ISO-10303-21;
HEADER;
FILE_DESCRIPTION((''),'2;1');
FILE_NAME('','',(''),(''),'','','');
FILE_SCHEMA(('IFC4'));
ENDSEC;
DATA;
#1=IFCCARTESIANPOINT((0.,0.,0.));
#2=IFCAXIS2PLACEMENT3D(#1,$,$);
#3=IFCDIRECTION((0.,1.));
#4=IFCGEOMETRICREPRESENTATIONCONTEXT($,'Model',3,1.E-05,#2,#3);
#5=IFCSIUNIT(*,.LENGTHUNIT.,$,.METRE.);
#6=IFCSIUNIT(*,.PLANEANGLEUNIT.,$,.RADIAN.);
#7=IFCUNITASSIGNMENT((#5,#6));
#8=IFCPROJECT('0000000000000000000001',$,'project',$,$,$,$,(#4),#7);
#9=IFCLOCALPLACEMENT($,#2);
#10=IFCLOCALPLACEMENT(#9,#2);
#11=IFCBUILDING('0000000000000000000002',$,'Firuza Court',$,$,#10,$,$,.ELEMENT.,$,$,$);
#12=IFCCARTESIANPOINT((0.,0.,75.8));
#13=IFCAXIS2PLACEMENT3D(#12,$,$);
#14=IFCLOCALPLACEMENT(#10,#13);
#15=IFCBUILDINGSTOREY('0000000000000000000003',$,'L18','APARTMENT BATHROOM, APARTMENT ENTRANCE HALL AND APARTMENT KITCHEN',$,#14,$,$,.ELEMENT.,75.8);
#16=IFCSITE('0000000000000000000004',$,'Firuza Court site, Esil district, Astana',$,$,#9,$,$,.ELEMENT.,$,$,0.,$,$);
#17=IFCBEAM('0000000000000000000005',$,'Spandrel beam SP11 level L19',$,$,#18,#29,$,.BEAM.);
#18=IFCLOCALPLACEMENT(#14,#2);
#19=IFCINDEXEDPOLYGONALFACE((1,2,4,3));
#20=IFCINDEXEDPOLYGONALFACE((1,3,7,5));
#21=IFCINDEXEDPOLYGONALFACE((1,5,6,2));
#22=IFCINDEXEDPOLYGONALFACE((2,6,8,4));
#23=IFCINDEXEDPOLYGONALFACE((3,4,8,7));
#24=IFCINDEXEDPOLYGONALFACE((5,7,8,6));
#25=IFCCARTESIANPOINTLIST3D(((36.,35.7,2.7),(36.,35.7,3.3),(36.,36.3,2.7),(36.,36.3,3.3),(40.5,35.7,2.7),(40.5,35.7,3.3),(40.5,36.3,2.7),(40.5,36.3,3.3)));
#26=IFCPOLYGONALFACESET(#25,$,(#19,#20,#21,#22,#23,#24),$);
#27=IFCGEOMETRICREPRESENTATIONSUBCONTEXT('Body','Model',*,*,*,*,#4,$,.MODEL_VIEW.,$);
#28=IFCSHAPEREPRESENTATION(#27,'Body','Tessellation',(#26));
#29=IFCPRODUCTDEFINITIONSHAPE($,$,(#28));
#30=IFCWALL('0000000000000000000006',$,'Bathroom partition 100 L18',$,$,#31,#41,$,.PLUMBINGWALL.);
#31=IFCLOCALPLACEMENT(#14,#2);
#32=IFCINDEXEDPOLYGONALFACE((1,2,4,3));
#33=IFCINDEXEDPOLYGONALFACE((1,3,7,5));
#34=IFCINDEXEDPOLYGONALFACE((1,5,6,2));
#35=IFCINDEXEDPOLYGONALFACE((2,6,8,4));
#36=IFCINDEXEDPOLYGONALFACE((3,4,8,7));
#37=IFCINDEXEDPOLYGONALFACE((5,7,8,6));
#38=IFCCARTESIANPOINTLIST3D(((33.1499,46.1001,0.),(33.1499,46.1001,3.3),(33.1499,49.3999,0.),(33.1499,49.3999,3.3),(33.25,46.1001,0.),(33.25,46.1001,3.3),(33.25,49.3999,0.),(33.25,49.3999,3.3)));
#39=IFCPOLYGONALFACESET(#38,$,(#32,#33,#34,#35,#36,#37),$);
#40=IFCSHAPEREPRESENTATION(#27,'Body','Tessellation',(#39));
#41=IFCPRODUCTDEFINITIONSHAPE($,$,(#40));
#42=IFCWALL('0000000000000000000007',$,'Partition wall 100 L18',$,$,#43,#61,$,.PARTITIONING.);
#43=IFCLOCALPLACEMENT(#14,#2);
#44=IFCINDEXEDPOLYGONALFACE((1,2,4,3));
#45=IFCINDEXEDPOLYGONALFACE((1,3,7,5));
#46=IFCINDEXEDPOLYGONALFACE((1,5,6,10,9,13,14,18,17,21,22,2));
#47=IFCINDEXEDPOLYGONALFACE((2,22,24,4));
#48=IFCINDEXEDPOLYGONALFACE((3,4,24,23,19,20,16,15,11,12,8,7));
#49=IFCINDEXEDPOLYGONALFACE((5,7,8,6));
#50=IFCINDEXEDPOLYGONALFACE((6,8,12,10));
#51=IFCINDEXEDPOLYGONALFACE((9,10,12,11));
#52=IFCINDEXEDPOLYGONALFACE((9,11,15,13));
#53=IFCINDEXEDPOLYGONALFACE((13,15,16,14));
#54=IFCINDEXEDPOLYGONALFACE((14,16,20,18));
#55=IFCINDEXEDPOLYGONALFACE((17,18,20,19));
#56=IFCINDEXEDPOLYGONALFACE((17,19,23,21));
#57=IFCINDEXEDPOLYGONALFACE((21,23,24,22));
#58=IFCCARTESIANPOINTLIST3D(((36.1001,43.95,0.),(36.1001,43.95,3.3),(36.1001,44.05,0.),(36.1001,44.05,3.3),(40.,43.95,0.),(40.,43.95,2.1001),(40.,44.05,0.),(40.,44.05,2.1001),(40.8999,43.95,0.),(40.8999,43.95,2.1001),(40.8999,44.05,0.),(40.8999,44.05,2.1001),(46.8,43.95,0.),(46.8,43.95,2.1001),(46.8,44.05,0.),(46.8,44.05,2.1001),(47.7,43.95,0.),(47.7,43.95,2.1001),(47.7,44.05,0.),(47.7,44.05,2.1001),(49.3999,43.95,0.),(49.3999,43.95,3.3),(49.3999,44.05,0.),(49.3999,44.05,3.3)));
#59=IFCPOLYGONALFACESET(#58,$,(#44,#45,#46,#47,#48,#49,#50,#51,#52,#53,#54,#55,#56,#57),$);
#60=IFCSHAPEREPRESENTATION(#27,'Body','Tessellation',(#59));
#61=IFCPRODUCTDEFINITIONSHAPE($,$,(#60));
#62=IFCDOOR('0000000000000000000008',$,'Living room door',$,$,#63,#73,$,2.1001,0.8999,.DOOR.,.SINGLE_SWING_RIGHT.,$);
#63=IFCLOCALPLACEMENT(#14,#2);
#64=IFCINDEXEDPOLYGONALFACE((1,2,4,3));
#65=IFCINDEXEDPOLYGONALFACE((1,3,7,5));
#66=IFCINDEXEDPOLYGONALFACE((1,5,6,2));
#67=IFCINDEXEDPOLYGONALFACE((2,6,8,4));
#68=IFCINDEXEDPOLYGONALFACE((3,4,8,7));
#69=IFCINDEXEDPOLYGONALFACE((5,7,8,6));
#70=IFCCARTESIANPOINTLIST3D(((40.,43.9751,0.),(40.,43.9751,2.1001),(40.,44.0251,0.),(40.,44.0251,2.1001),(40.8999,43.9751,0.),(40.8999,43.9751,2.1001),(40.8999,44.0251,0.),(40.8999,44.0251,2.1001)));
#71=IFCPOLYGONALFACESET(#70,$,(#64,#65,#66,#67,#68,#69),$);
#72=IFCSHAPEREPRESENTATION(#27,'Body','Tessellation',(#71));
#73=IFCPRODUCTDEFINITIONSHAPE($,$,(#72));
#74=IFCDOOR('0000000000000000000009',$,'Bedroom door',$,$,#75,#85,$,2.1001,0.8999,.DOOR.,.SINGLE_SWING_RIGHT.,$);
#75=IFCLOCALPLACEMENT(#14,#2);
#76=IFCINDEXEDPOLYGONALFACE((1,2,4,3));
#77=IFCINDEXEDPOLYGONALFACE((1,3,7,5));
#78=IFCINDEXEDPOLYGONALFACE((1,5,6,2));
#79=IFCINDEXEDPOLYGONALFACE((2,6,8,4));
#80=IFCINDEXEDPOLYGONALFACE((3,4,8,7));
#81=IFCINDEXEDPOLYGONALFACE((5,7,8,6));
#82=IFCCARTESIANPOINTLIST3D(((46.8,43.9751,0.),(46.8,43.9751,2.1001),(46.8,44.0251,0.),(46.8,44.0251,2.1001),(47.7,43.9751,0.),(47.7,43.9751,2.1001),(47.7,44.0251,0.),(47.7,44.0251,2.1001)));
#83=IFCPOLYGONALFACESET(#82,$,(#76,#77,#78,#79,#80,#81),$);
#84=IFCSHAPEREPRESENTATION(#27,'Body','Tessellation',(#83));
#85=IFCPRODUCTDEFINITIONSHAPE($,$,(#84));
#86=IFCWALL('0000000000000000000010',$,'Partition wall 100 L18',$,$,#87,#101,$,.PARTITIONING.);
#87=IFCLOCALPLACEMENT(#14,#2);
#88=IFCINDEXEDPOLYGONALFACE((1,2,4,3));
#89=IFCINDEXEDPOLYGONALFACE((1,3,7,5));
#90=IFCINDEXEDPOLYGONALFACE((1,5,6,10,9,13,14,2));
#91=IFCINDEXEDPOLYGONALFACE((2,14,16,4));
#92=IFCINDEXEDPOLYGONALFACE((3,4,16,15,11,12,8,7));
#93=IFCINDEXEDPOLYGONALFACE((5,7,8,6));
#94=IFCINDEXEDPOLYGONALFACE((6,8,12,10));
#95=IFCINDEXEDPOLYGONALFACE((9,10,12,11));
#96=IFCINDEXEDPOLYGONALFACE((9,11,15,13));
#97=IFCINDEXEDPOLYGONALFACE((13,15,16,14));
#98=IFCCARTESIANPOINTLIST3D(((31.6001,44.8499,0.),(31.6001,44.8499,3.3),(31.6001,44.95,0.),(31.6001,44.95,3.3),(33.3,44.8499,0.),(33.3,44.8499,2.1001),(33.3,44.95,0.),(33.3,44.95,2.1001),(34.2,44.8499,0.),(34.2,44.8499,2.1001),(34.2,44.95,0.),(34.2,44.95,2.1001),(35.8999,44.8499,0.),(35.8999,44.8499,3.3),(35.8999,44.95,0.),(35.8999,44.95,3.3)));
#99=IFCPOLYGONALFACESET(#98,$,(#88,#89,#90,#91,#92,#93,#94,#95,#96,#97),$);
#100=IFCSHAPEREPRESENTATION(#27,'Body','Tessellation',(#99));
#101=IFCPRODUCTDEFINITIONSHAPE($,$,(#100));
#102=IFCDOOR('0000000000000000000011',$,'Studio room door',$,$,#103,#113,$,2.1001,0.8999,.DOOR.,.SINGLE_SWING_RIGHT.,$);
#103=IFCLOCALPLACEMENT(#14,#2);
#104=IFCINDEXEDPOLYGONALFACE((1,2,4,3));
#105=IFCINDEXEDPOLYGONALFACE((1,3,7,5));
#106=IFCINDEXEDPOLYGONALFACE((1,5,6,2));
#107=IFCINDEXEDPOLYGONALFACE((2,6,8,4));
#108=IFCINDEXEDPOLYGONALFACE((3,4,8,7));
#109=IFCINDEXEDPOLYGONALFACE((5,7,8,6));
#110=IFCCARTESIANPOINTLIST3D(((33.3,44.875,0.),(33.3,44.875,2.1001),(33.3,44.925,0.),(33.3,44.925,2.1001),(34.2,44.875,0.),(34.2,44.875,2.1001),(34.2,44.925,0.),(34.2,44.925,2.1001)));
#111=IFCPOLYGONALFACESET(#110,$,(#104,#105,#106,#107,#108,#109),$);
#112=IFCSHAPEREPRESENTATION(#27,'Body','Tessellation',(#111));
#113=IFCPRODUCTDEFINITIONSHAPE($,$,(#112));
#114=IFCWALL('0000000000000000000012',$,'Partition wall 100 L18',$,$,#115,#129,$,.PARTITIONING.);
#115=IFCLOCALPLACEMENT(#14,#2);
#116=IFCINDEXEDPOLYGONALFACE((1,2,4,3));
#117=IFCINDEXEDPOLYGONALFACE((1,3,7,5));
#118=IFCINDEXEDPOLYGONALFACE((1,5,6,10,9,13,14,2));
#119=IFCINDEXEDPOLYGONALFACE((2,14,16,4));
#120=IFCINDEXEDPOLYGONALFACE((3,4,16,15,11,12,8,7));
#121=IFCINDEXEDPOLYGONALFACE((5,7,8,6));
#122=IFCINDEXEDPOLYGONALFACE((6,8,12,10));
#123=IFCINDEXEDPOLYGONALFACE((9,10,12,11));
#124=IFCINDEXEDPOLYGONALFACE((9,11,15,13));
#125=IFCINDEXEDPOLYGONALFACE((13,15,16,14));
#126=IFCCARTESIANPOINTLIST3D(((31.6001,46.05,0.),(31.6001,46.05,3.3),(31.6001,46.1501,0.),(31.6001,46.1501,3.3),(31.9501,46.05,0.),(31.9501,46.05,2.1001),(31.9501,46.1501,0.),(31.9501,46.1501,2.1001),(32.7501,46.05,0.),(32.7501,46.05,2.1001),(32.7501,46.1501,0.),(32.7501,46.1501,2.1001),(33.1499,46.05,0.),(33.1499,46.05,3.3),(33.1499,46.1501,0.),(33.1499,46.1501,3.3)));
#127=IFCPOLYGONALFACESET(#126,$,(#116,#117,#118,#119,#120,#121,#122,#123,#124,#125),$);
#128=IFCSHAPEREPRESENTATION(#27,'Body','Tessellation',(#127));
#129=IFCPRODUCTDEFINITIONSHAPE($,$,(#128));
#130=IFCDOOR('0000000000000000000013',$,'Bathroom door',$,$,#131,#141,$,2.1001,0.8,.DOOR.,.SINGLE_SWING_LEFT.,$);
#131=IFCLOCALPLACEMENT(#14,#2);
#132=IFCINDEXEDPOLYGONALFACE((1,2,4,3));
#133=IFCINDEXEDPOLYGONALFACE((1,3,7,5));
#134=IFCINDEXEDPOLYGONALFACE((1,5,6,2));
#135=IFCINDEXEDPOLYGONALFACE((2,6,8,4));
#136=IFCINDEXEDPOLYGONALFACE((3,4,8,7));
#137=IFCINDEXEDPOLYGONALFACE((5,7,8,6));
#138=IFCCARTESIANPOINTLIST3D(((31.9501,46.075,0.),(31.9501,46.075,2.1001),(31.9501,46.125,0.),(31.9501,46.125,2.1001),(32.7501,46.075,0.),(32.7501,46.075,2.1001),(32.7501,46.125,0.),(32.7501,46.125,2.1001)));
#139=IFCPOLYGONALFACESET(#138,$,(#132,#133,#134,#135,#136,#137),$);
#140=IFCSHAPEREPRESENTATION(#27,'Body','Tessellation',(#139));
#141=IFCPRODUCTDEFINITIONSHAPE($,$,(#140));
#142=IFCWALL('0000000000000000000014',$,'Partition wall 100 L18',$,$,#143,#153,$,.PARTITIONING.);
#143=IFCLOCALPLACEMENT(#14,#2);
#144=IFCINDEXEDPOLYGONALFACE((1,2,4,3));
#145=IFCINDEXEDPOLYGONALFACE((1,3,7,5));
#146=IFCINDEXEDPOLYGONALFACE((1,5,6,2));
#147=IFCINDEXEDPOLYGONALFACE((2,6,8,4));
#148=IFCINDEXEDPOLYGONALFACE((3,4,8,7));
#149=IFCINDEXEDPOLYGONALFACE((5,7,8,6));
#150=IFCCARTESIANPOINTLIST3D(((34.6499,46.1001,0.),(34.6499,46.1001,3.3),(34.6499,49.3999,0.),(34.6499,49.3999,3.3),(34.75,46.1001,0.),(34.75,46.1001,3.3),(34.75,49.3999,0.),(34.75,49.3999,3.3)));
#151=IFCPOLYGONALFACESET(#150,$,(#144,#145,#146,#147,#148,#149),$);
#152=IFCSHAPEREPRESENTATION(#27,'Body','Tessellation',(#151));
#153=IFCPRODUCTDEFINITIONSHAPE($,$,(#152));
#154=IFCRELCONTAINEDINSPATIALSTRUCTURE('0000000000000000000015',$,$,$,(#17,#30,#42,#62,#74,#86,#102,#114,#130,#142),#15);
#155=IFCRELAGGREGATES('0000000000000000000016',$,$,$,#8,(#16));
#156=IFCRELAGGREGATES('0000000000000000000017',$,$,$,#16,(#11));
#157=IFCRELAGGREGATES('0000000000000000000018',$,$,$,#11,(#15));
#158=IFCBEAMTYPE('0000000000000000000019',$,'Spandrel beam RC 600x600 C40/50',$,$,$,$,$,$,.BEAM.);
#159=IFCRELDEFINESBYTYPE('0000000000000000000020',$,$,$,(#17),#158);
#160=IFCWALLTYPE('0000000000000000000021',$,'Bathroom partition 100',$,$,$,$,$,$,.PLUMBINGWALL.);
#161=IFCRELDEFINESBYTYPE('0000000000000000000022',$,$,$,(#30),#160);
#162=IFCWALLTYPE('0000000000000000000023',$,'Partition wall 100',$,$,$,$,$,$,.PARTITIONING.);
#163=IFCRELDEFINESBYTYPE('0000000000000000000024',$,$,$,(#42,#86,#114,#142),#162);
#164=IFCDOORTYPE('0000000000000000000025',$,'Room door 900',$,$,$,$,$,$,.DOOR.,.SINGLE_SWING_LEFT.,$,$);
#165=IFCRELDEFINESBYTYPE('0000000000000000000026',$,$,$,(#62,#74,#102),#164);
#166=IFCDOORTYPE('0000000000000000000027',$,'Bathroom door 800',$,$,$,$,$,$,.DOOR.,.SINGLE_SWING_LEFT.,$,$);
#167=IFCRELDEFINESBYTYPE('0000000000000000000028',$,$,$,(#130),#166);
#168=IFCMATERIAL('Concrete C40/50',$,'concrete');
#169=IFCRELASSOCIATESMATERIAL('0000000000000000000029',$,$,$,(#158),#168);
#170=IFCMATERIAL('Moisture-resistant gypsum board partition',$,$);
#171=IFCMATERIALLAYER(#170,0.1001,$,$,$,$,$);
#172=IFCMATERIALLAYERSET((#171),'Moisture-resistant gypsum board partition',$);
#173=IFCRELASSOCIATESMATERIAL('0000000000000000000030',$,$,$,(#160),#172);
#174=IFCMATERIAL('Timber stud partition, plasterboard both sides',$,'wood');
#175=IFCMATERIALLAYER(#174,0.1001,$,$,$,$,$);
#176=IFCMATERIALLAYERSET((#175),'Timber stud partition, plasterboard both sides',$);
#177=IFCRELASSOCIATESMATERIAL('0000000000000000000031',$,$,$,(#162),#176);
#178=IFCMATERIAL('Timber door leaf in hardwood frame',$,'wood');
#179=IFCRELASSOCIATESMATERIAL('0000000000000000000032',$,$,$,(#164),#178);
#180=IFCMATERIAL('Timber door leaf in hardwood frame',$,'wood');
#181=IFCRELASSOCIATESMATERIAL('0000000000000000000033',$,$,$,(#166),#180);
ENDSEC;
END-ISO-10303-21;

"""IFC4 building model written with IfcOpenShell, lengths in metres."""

from ifc_helpers import new_model, si_unit, direction, frame, frame_2d, origin, origin_2d, place, context, subcontext, project, spatial, rectangle, extrude, material, layer, layer_set, material_profile, profile_set, type_object, element, fill, save


model = new_model("IFC4")

# Units and contexts
model_context = context("Model", 3, precision=1e-05, world=origin(), true_north=direction((0.0, 1.0)))
body_context = subcontext(model_context, "Body", "Model", "MODEL_VIEW")
ifc_project = project(units=[si_unit("LENGTHUNIT", "METRE"), si_unit("PLANEANGLEUNIT", "RADIAN")], contexts=[model_context])

# Site, building, storey
site_placement = place(None, origin())
site = spatial("IfcSite", under=ifc_project, at=site_placement, Name="Firuza Court site, Esil district, Astana", CompositionType="ELEMENT", RefElevation=0.0)
building_placement = place(site_placement, origin())
building = spatial("IfcBuilding", under=site, at=building_placement, Name="Firuza Court", CompositionType="ELEMENT")
storey_placement = place(building_placement, frame((0.0, 0.0, 75.8)))
storey = spatial("IfcBuildingStorey", under=building, at=storey_placement, Name="L18", Description="APARTMENT BATHROOM, APARTMENT ENTRANCE HALL AND APARTMENT KITCHEN", CompositionType="ELEMENT", Elevation=75.8)

# Beam
ifc_material_1 = material(Name="Concrete C40/50", Category="concrete")
ifc_material_profile = material_profile(ifc_material_1, rectangle(XDim=0.6001, YDim=0.6001, at=origin_2d()), Name="RC 600x600")
ifc_profile_set = profile_set([ifc_material_profile], Name="Concrete C40/50")
beam_type = type_object("IfcBeamType", Name="Spandrel beam RC 600x600 C40/50", PredefinedType="BEAM", material=ifc_profile_set)
beam_placement = place(storey_placement, frame((36.0, 36.0, 3.0), z_axis=(1.0, 0.0, 0.0), x_axis=(0.0, 1.0, 0.0)))
element("IfcBeam", 1, at=beam_placement, inside=storey, type_object=beam_type, Name="Spandrel beam SP11 level L19", PredefinedType="BEAM", context=body_context, shape_type="SweptSolid", body=[
    extrude(rectangle(XDim=0.6001, YDim=0.6001, at=origin_2d()), origin(), (0.0, 0.0, 1.0), 4.5),
])

# Wall
ifc_material_2 = material(Name="Moisture-resistant gypsum board partition")
ifc_layer_1 = layer(ifc_material_2, 0.1001)
ifc_layer_set_1 = layer_set([ifc_layer_1], Name="Moisture-resistant gypsum board partition")
wall_type_1 = type_object("IfcWallType", Name="Bathroom partition 100", PredefinedType="PLUMBINGWALL", material=ifc_layer_set_1)
wall_1_placement = place(storey_placement, frame((33.2, 46.1001, 0.0), z_axis=(0.0, 0.0, 1.0), x_axis=(0.0, 1.0, 0.0)))
element("IfcWall", 2, at=wall_1_placement, inside=storey, type_object=wall_type_1, Name="Bathroom partition 100 L18", PredefinedType="PLUMBINGWALL", context=body_context, shape_type="SweptSolid", body=[
    extrude(rectangle(XDim=3.2998, YDim=0.1001, at=frame_2d((1.6499, 0.0))), origin(), (0.0, 0.0, 1.0), 3.3),
])

# Wall, openings, doors
ifc_material_3 = material(Name="Timber stud partition, plasterboard both sides", Category="wood")
ifc_layer_2 = layer(ifc_material_3, 0.1001)
ifc_layer_set_2 = layer_set([ifc_layer_2], Name="Timber stud partition, plasterboard both sides")
wall_type_2 = type_object("IfcWallType", Name="Partition wall 100", PredefinedType="PARTITIONING", material=ifc_layer_set_2)
wall_2_placement = place(storey_placement, frame((36.1001, 44.0, 0.0), z_axis=(0.0, 0.0, 1.0), x_axis=(1.0, 0.0, 0.0)))
wall_2 = element("IfcWall", 3, at=wall_2_placement, inside=storey, type_object=wall_type_2, Name="Partition wall 100 L18", PredefinedType="PARTITIONING", context=body_context, shape_type="SweptSolid", body=[
    extrude(rectangle(XDim=13.2998, YDim=0.1001, at=frame_2d((6.6499, 0.0))), origin(), (0.0, 0.0, 1.0), 3.3),
])
opening_1_placement = place(wall_2_placement, frame((3.8999, 0.0, 0.0)))
opening_1 = element("IfcOpeningElement", 4, at=opening_1_placement, cuts=wall_2, PredefinedType="OPENING", context=body_context, shape_type="SweptSolid", body=[
    extrude(rectangle(XDim=0.8999, YDim=2.1001, at=frame_2d((0.45, 1.05))), frame((0.0, 0.062, 0.0), z_axis=(0.0, -1.0, 0.0), x_axis=(1.0, 0.0, 0.0)), (0.0, 0.0, 1.0), 0.124),
])
opening_2_placement = place(wall_2_placement, frame((10.7, 0.0, 0.0)))
opening_2 = element("IfcOpeningElement", 5, at=opening_2_placement, cuts=wall_2, PredefinedType="OPENING", context=body_context, shape_type="SweptSolid", body=[
    extrude(rectangle(XDim=0.8999, YDim=2.1001, at=frame_2d((0.45, 1.05))), frame((0.0, 0.062, 0.0), z_axis=(0.0, -1.0, 0.0), x_axis=(1.0, 0.0, 0.0)), (0.0, 0.0, 1.0), 0.124),
])
ifc_material_4 = material(Name="Timber door leaf in hardwood frame", Category="wood")
door_type_1 = type_object("IfcDoorType", Name="Room door 900", OperationType="SINGLE_SWING_LEFT", PredefinedType="DOOR", material=ifc_material_4)
door_1_placement = place(opening_1_placement, frame((0.8999, 0.0, 0.0), z_axis=(0.0, 0.0, 1.0), x_axis=(-1.0, 0.0, 0.0)))
door_1 = element("IfcDoor", 6, at=door_1_placement, inside=storey, type_object=door_type_1, Name="Living room door", OperationType="SINGLE_SWING_RIGHT", OverallHeight=2.1001, OverallWidth=0.8999, PredefinedType="DOOR", context=body_context, shape_type="SweptSolid", body=[
    extrude(rectangle(XDim=0.8999, YDim=2.1001, at=frame_2d((0.45, 1.05))), frame((0.0, 0.0249, 0.0), z_axis=(0.0, -1.0, 0.0), x_axis=(1.0, 0.0, 0.0)), (0.0, 0.0, 1.0), 0.05),
])
fill(opening_1, door_1)
door_2_placement = place(opening_2_placement, frame((0.8999, 0.0, 0.0), z_axis=(0.0, 0.0, 1.0), x_axis=(-1.0, 0.0, 0.0)))
door_2 = element("IfcDoor", 7, at=door_2_placement, inside=storey, type_object=door_type_1, Name="Bedroom door", OperationType="SINGLE_SWING_RIGHT", OverallHeight=2.1001, OverallWidth=0.8999, PredefinedType="DOOR", context=body_context, shape_type="SweptSolid", body=[
    extrude(rectangle(XDim=0.8999, YDim=2.1001, at=frame_2d((0.45, 1.05))), frame((0.0, 0.0249, 0.0), z_axis=(0.0, -1.0, 0.0), x_axis=(1.0, 0.0, 0.0)), (0.0, 0.0, 1.0), 0.05),
])
fill(opening_2, door_2)

# Walls, openings, doors
wall_3_placement = place(storey_placement, frame((31.6001, 44.8999, 0.0), z_axis=(0.0, 0.0, 1.0), x_axis=(1.0, 0.0, 0.0)))
wall_3 = element("IfcWall", 8, at=wall_3_placement, inside=storey, type_object=wall_type_2, Name="Partition wall 100 L18", PredefinedType="PARTITIONING", context=body_context, shape_type="SweptSolid", body=[
    extrude(rectangle(XDim=4.2998, YDim=0.1001, at=frame_2d((2.1499, 0.0))), origin(), (0.0, 0.0, 1.0), 3.3),
])
opening_3_placement = place(wall_3_placement, frame((1.7, 0.0, 0.0)))
opening_3 = element("IfcOpeningElement", 9, at=opening_3_placement, cuts=wall_3, PredefinedType="OPENING", context=body_context, shape_type="SweptSolid", body=[
    extrude(rectangle(XDim=0.8999, YDim=2.1001, at=frame_2d((0.45, 1.05))), frame((0.0, 0.062, 0.0), z_axis=(0.0, -1.0, 0.0), x_axis=(1.0, 0.0, 0.0)), (0.0, 0.0, 1.0), 0.124),
])
door_3_placement = place(opening_3_placement, frame((0.8999, 0.0, 0.0), z_axis=(0.0, 0.0, 1.0), x_axis=(-1.0, 0.0, 0.0)))
door_3 = element("IfcDoor", 10, at=door_3_placement, inside=storey, type_object=door_type_1, Name="Studio room door", OperationType="SINGLE_SWING_RIGHT", OverallHeight=2.1001, OverallWidth=0.8999, PredefinedType="DOOR", context=body_context, shape_type="SweptSolid", body=[
    extrude(rectangle(XDim=0.8999, YDim=2.1001, at=frame_2d((0.45, 1.05))), frame((0.0, 0.0249, 0.0), z_axis=(0.0, -1.0, 0.0), x_axis=(1.0, 0.0, 0.0)), (0.0, 0.0, 1.0), 0.05),
])
fill(opening_3, door_3)
wall_4_placement = place(storey_placement, frame((31.6001, 46.1001, 0.0), z_axis=(0.0, 0.0, 1.0), x_axis=(1.0, 0.0, 0.0)))
wall_4 = element("IfcWall", 11, at=wall_4_placement, inside=storey, type_object=wall_type_2, Name="Partition wall 100 L18", PredefinedType="PARTITIONING", context=body_context, shape_type="SweptSolid", body=[
    extrude(rectangle(XDim=1.5498, YDim=0.1001, at=frame_2d((0.7749, 0.0))), origin(), (0.0, 0.0, 1.0), 3.3),
])
opening_4_placement = place(wall_4_placement, frame((0.3501, 0.0, 0.0)))
opening_4 = element("IfcOpeningElement", 12, at=opening_4_placement, cuts=wall_4, PredefinedType="OPENING", context=body_context, shape_type="SweptSolid", body=[
    extrude(rectangle(XDim=0.8, YDim=2.1001, at=frame_2d((0.3999, 1.05))), frame((0.0, 0.062, 0.0), z_axis=(0.0, -1.0, 0.0), x_axis=(1.0, 0.0, 0.0)), (0.0, 0.0, 1.0), 0.124),
])
ifc_material_5 = material(Name="Timber door leaf in hardwood frame", Category="wood")
door_type_2 = type_object("IfcDoorType", Name="Bathroom door 800", OperationType="SINGLE_SWING_LEFT", PredefinedType="DOOR", material=ifc_material_5)
door_4_placement = place(opening_4_placement, origin())
door_4 = element("IfcDoor", 13, at=door_4_placement, inside=storey, type_object=door_type_2, Name="Bathroom door", OperationType="SINGLE_SWING_LEFT", OverallHeight=2.1001, OverallWidth=0.8, PredefinedType="DOOR", context=body_context, shape_type="SweptSolid", body=[
    extrude(rectangle(XDim=0.8, YDim=2.1001, at=frame_2d((0.3999, 1.05))), frame((0.0, 0.0249, 0.0), z_axis=(0.0, -1.0, 0.0), x_axis=(1.0, 0.0, 0.0)), (0.0, 0.0, 1.0), 0.05),
])
fill(opening_4, door_4)

# Wall
wall_5_placement = place(storey_placement, frame((34.7, 46.1001, 0.0), z_axis=(0.0, 0.0, 1.0), x_axis=(0.0, 1.0, 0.0)))
element("IfcWall", 14, at=wall_5_placement, inside=storey, type_object=wall_type_2, Name="Partition wall 100 L18", PredefinedType="PARTITIONING", context=body_context, shape_type="SweptSolid", body=[
    extrude(rectangle(XDim=3.2998, YDim=0.1001, at=frame_2d((1.6499, 0.0))), origin(), (0.0, 0.0, 1.0), 3.3),
])

save(model, "model.ifc")
